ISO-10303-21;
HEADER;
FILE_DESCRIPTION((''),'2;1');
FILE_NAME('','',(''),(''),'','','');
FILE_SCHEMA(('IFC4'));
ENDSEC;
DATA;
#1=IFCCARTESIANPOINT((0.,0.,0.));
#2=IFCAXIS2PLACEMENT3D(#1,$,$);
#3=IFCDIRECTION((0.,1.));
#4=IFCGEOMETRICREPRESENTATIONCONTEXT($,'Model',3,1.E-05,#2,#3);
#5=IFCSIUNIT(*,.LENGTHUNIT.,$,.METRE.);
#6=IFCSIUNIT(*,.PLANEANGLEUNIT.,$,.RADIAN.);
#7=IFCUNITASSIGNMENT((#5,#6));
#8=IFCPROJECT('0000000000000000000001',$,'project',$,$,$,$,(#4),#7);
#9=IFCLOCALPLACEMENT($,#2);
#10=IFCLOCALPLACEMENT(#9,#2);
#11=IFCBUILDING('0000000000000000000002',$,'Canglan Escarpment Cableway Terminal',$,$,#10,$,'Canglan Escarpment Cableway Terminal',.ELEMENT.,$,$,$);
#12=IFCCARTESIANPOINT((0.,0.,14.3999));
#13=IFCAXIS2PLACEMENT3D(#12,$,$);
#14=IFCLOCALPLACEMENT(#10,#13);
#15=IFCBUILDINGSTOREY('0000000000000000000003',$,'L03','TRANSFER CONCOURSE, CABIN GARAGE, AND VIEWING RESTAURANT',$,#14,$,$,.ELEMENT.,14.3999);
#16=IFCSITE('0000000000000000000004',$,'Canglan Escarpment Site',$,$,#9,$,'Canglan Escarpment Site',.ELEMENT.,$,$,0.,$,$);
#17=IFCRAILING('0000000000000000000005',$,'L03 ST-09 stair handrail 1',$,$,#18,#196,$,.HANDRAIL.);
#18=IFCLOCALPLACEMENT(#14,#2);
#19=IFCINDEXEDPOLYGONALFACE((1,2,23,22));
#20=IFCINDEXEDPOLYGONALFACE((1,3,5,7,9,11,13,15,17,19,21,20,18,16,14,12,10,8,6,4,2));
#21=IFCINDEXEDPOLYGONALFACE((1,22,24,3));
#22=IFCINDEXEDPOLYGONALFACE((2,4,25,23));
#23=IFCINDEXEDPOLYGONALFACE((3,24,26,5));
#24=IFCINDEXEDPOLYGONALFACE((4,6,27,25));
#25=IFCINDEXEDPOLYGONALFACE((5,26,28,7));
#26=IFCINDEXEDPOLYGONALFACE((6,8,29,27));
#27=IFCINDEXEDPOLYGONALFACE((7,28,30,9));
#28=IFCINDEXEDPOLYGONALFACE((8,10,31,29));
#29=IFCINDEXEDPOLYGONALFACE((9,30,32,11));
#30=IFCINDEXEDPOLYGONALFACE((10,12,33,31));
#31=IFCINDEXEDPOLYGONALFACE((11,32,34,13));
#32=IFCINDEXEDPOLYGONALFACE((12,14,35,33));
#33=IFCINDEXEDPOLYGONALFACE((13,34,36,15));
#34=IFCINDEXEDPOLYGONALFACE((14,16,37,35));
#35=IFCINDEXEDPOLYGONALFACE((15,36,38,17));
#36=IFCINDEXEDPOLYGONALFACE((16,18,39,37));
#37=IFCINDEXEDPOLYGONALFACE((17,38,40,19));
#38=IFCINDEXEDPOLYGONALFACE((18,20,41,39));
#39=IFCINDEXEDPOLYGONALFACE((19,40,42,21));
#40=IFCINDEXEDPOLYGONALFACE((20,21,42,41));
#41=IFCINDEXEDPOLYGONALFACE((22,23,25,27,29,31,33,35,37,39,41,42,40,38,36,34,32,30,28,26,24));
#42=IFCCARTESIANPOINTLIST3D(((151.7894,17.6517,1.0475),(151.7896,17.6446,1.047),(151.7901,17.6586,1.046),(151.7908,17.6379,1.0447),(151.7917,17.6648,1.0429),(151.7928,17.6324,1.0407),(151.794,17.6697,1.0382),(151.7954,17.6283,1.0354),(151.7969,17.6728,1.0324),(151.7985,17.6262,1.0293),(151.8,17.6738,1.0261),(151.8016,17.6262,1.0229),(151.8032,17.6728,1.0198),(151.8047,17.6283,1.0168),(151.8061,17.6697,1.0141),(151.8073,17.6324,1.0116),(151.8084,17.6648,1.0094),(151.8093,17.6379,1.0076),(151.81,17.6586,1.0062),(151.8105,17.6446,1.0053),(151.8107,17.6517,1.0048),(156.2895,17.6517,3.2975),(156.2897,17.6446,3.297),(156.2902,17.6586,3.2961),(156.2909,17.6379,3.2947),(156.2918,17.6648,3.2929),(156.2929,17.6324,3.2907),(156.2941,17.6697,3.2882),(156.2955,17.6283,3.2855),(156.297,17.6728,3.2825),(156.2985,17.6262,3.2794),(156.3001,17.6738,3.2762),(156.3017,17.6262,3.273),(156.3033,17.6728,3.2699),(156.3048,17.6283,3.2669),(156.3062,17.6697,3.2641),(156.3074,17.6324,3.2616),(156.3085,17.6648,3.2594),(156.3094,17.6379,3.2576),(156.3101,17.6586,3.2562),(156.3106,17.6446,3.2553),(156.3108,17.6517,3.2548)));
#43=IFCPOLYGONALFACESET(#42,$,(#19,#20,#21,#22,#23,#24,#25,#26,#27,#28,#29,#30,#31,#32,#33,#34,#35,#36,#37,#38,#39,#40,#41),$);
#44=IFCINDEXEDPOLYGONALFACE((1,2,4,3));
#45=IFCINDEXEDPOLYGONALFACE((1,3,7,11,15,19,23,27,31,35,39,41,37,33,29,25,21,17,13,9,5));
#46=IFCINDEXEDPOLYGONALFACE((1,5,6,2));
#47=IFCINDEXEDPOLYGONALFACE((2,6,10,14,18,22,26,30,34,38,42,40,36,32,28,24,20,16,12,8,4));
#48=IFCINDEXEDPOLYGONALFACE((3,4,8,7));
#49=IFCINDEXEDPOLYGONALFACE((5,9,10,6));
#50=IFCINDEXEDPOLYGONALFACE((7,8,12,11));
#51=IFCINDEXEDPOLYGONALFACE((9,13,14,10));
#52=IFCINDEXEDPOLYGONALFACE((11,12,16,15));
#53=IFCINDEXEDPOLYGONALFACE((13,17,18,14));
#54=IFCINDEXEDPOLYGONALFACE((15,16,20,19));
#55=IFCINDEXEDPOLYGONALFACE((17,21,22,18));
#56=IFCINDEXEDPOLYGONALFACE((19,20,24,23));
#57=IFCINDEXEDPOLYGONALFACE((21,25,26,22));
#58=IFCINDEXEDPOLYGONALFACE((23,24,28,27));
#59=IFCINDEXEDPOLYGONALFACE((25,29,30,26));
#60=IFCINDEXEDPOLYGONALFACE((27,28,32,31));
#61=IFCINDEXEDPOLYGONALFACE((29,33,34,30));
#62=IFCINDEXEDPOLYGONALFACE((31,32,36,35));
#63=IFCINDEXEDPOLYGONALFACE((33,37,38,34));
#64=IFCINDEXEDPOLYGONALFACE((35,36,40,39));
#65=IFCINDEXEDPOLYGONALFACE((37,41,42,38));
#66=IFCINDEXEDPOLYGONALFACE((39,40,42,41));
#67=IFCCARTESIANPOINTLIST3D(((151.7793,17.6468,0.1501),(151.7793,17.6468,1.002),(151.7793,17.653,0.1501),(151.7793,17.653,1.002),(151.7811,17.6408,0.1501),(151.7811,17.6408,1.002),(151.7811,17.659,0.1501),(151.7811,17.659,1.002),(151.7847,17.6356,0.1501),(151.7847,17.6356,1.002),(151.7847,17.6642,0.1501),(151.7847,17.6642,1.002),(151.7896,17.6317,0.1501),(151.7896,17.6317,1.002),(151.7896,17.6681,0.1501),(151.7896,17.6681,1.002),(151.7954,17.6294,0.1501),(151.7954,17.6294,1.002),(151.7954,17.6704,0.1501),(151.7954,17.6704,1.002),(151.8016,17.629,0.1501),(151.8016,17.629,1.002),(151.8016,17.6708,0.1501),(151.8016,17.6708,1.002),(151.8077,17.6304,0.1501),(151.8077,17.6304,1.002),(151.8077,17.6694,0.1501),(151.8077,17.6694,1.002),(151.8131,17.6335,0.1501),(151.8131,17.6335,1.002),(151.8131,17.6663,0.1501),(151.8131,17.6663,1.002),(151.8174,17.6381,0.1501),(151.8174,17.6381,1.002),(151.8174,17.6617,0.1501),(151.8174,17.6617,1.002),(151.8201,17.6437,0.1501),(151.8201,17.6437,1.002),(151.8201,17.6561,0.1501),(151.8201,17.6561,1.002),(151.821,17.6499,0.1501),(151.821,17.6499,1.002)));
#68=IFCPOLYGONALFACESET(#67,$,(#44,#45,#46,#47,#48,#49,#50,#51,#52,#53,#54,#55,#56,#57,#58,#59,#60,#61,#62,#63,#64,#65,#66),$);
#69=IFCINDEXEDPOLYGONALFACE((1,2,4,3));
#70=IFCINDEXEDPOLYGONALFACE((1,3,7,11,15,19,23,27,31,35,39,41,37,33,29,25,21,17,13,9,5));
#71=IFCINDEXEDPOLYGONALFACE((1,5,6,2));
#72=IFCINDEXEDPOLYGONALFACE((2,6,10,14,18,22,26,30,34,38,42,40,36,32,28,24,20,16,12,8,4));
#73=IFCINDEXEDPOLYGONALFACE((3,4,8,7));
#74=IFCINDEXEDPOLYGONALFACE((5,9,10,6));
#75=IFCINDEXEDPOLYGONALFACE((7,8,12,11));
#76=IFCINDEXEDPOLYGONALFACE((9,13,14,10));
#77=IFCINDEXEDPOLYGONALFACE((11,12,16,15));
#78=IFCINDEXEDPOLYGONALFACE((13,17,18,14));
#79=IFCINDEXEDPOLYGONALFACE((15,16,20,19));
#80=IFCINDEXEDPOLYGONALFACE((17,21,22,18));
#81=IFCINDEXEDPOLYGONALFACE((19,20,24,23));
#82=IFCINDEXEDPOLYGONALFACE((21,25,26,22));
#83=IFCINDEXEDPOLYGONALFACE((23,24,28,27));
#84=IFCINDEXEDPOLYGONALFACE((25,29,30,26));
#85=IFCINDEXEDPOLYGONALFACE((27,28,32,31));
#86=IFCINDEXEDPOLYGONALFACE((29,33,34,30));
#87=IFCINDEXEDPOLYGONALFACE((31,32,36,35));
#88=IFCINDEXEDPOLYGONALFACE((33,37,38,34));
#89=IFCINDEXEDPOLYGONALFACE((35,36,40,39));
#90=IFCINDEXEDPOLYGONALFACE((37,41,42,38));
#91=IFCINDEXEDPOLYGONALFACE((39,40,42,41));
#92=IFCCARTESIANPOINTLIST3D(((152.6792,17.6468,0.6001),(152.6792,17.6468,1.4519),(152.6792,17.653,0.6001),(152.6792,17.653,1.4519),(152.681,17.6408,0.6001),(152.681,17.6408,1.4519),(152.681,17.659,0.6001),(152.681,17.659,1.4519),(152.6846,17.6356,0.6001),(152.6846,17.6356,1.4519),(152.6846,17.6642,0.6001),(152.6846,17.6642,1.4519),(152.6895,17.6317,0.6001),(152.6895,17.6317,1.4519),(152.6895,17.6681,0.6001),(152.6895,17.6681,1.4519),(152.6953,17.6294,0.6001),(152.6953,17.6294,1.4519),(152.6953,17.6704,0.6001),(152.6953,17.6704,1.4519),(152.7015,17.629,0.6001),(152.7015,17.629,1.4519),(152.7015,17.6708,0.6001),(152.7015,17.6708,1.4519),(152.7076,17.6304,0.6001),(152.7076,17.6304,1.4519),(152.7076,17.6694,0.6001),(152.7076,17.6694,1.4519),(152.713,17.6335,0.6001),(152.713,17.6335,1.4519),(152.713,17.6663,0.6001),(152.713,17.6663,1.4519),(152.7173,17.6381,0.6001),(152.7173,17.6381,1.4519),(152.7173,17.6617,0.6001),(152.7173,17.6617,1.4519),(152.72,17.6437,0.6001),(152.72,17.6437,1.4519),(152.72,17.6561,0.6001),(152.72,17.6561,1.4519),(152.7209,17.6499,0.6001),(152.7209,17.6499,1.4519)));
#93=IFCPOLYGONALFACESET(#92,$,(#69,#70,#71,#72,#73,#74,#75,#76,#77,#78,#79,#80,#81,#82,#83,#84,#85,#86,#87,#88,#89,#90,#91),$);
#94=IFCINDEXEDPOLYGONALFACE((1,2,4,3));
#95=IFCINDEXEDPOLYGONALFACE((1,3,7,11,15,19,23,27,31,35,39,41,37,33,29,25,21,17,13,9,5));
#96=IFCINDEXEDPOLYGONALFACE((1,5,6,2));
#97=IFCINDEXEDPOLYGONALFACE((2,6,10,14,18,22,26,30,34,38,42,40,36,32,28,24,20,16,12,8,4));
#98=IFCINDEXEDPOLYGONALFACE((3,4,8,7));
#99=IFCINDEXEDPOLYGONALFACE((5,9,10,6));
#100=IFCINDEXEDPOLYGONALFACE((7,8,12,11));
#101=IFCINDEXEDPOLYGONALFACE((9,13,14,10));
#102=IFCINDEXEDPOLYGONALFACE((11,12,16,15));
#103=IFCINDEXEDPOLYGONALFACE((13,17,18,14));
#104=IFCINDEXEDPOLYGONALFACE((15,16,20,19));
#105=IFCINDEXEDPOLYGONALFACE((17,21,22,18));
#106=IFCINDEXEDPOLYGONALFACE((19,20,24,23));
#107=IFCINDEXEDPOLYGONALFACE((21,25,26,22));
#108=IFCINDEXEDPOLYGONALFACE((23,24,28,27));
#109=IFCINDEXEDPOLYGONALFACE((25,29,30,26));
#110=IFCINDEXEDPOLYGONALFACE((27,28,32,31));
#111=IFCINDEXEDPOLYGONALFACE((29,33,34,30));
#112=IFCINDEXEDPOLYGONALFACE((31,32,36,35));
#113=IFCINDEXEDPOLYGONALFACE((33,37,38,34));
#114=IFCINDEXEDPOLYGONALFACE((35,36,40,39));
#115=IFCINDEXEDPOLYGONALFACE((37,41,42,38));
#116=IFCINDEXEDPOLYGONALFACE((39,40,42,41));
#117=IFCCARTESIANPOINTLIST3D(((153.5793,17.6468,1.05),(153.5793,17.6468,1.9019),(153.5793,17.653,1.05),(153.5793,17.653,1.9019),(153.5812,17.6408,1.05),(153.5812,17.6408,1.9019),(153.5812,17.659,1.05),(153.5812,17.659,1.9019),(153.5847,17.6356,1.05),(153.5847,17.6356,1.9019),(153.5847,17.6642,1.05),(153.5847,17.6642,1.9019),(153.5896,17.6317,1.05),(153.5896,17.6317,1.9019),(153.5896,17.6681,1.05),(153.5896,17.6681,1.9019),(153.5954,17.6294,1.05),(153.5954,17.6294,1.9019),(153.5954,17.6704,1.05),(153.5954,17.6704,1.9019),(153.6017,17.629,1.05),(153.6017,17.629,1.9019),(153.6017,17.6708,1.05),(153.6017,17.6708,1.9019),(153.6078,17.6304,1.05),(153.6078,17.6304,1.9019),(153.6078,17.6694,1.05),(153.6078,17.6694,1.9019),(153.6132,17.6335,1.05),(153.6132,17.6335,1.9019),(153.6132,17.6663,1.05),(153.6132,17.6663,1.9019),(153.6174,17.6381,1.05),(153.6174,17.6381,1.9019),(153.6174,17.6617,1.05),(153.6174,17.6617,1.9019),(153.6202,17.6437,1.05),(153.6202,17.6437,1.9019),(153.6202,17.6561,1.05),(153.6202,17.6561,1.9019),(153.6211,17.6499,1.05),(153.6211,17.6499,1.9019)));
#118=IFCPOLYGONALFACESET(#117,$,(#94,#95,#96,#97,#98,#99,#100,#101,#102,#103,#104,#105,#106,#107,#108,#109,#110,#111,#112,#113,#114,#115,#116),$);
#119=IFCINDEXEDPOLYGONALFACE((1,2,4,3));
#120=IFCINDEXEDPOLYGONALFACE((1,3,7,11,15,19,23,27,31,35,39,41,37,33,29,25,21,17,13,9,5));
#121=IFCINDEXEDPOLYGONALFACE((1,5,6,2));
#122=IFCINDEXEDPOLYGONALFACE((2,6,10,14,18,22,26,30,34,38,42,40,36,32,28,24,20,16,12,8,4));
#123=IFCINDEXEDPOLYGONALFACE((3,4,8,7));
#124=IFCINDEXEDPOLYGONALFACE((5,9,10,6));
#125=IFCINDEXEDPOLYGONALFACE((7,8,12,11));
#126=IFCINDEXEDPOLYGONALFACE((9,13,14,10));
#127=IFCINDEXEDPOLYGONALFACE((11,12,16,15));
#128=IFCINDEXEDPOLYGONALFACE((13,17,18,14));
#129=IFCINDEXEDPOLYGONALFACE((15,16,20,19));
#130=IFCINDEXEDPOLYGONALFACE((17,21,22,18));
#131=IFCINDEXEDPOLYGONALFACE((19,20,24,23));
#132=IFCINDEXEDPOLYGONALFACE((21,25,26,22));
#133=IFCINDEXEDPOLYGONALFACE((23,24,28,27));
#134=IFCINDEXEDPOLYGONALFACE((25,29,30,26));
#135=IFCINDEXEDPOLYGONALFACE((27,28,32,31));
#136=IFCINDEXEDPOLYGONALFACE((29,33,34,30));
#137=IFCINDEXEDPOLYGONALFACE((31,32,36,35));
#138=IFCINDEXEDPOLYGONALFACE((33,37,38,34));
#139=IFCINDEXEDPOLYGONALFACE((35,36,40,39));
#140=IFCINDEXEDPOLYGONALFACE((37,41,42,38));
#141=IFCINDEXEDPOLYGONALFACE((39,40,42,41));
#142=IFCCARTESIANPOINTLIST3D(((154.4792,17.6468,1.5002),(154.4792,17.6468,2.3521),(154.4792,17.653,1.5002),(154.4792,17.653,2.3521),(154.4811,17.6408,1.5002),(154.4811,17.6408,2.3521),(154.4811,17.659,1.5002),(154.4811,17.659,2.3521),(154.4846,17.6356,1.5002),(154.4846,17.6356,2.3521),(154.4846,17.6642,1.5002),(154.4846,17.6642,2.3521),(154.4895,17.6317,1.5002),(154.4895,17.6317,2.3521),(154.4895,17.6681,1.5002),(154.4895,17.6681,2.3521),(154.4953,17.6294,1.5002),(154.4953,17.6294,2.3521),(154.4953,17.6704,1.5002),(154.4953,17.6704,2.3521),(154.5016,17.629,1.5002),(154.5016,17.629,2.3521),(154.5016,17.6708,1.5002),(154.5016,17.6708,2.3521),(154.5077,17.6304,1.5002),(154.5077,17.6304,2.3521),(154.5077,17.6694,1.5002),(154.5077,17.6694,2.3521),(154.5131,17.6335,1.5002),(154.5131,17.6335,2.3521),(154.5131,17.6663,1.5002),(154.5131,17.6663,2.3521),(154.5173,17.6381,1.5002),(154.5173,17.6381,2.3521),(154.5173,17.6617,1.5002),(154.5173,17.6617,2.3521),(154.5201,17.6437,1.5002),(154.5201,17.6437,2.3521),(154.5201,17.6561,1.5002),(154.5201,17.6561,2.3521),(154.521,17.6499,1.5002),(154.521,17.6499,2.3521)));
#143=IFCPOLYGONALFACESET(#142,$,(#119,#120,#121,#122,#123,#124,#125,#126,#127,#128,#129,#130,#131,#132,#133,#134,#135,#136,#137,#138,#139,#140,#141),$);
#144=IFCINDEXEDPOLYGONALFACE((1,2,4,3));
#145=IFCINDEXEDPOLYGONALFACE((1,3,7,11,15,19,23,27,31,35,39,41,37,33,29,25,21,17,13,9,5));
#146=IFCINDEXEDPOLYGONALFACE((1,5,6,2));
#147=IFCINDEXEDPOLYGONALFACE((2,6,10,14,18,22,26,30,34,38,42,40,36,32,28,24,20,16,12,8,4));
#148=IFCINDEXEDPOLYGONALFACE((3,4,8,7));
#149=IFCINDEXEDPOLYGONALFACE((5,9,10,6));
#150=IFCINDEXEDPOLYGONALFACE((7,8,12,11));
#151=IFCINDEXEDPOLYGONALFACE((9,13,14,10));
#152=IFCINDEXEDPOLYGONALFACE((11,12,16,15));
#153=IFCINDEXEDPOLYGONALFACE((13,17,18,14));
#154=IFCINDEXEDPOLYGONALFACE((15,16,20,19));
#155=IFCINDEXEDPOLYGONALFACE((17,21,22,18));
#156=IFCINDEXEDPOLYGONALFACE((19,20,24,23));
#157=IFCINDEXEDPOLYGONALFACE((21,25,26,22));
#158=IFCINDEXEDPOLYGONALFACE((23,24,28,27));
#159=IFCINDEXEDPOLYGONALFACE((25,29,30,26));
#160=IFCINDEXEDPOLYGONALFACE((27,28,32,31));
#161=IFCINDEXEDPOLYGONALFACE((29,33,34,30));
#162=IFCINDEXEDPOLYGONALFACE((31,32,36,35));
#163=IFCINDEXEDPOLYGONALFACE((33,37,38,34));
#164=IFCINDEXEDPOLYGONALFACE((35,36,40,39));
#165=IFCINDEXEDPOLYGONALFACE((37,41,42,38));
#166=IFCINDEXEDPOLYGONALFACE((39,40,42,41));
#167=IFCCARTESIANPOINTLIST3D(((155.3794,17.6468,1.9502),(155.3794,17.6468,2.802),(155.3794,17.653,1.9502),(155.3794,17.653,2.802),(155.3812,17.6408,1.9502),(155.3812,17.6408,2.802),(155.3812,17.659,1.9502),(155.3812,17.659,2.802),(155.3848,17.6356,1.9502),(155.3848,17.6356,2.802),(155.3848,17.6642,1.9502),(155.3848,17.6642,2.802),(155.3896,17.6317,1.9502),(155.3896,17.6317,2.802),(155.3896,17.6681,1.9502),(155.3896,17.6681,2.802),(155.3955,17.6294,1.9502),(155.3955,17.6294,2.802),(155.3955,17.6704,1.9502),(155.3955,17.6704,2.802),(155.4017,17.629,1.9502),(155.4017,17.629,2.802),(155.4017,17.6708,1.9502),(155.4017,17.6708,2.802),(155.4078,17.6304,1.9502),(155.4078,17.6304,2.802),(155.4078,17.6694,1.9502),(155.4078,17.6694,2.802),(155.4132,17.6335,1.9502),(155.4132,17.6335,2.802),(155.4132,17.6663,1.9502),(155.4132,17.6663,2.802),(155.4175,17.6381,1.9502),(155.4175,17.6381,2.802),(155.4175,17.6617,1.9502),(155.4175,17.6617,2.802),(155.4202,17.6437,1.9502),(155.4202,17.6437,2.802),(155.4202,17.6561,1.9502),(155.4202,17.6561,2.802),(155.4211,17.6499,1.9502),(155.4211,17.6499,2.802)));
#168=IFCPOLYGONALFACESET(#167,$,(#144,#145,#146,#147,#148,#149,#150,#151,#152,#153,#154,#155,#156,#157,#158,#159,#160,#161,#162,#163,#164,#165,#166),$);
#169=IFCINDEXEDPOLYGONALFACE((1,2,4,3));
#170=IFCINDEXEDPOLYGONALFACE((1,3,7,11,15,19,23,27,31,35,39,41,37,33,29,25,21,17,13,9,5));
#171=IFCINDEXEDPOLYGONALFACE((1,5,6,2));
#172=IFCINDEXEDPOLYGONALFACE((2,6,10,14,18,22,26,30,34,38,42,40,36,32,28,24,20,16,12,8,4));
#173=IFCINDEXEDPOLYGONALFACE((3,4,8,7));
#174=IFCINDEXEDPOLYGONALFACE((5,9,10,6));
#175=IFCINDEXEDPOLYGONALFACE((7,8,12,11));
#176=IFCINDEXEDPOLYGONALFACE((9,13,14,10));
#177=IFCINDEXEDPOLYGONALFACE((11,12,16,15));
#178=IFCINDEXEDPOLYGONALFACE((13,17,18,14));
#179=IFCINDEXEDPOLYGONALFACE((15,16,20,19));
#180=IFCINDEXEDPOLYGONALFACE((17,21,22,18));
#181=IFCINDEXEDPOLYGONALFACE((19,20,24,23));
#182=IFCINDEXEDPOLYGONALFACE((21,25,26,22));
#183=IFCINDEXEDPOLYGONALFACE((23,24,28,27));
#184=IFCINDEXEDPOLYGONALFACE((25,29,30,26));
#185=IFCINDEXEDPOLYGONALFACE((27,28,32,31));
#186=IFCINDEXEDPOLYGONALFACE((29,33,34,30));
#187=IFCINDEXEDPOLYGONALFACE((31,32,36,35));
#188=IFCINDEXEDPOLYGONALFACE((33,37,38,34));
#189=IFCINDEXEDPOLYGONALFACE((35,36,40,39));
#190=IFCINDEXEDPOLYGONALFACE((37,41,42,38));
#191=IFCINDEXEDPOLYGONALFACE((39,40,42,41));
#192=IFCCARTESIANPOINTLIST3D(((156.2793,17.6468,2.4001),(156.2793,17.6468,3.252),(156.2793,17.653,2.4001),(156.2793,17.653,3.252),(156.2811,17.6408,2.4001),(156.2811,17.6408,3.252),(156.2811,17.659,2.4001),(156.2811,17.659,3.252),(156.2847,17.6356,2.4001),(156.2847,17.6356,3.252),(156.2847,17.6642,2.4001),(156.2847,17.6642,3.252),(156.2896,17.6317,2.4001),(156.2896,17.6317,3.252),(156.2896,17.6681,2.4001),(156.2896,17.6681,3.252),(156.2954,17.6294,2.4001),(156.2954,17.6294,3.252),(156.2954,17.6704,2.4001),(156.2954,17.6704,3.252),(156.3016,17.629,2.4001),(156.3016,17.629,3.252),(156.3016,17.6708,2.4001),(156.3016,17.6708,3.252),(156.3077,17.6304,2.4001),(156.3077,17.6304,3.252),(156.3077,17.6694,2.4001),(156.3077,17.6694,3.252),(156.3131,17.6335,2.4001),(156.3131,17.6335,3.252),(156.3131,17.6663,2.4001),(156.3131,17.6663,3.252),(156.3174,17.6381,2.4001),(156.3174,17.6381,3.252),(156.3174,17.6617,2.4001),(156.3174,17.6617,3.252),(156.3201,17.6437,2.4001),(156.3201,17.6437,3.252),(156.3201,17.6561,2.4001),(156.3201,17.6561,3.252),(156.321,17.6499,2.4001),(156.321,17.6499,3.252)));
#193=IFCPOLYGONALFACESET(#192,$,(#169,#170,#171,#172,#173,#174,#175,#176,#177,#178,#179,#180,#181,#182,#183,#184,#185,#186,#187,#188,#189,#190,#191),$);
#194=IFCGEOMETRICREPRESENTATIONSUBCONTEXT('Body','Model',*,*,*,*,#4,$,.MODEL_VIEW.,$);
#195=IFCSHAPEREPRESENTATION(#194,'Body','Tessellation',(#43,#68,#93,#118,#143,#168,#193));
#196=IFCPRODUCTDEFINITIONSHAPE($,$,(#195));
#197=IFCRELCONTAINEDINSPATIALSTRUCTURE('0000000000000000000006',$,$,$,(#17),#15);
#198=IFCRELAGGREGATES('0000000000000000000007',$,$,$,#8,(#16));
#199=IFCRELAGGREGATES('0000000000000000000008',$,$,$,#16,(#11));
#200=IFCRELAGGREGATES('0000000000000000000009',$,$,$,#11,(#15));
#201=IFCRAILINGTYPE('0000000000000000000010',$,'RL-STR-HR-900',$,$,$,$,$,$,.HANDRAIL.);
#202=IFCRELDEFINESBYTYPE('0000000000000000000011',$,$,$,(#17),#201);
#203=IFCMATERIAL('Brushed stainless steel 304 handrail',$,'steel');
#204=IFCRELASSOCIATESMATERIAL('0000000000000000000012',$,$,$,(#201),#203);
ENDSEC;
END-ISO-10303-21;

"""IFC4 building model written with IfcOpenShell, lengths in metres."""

from ifc_helpers import new_model, si_unit, direction, frame, origin, origin_2d, place, context, subcontext, project, spatial, circle, extrude, material, type_object, element, save


model = new_model("IFC4")

# Units and contexts
model_context = context("Model", 3, precision=1e-05, world=origin(), true_north=direction((0.0, 1.0)))
body_context = subcontext(model_context, "Body", "Model", "MODEL_VIEW")
ifc_project = project(units=[si_unit("LENGTHUNIT", "METRE"), si_unit("PLANEANGLEUNIT", "RADIAN")], contexts=[model_context])

# Site, building, storey
site_placement = place(None, origin())
site = spatial("IfcSite", under=ifc_project, at=site_placement, Name="Canglan Escarpment Site", LongName="Canglan Escarpment Site", CompositionType="ELEMENT", RefElevation=0.0)
building_placement = place(site_placement, origin())
building = spatial("IfcBuilding", under=site, at=building_placement, Name="Canglan Escarpment Cableway Terminal", LongName="Canglan Escarpment Cableway Terminal", CompositionType="ELEMENT")
storey_placement = place(building_placement, frame((0.0, 0.0, 14.3999)))
storey = spatial("IfcBuildingStorey", under=building, at=storey_placement, Name="L03", Description="TRANSFER CONCOURSE, CABIN GARAGE, AND VIEWING RESTAURANT", CompositionType="ELEMENT", Elevation=14.3999)

# Railing
ifc_material_1 = material(Name="Brushed stainless steel 304 handrail", Category="steel")
railing_type_1 = type_object("IfcRailingType", Name="RL-STR-HR-900", PredefinedType="HANDRAIL", material=ifc_material_1)
railing_1_placement = place(storey_placement, frame((151.8, 17.6499, 0.1501)))
element("IfcRailing", 1, at=railing_1_placement, inside=storey, type_object=railing_type_1, Name="L03 ST-09 stair handrail 1", PredefinedType="HANDRAIL", context=body_context, shape_type="SweptSolid", body=[
    extrude(circle(Radius=0.0239, at=origin_2d()), frame((0.0, 0.0, 0.876), z_axis=(0.894427, 0.0, 0.447214), x_axis=(0.0, 1.0, 0.0)), (0.0, 0.0, 1.0), 5.0312),
    extrude(circle(Radius=0.021, at=origin_2d()), origin(), (0.0, 0.0, 1.0), 0.8518),
    extrude(circle(Radius=0.021, at=origin_2d()), frame((0.8999, 0.0, 0.45)), (0.0, 0.0, 1.0), 0.8518),
    extrude(circle(Radius=0.021, at=origin_2d()), frame((1.8, 0.0, 0.8999)), (0.0, 0.0, 1.0), 0.8518),
    extrude(circle(Radius=0.021, at=origin_2d()), frame((2.7, 0.0, 1.3501)), (0.0, 0.0, 1.0), 0.8518),
    extrude(circle(Radius=0.021, at=origin_2d()), frame((3.6001, 0.0, 1.8)), (0.0, 0.0, 1.0), 0.8518),
    extrude(circle(Radius=0.021, at=origin_2d()), frame((4.5, 0.0, 2.25)), (0.0, 0.0, 1.0), 0.8518),
])

save(model, "model.ifc")
